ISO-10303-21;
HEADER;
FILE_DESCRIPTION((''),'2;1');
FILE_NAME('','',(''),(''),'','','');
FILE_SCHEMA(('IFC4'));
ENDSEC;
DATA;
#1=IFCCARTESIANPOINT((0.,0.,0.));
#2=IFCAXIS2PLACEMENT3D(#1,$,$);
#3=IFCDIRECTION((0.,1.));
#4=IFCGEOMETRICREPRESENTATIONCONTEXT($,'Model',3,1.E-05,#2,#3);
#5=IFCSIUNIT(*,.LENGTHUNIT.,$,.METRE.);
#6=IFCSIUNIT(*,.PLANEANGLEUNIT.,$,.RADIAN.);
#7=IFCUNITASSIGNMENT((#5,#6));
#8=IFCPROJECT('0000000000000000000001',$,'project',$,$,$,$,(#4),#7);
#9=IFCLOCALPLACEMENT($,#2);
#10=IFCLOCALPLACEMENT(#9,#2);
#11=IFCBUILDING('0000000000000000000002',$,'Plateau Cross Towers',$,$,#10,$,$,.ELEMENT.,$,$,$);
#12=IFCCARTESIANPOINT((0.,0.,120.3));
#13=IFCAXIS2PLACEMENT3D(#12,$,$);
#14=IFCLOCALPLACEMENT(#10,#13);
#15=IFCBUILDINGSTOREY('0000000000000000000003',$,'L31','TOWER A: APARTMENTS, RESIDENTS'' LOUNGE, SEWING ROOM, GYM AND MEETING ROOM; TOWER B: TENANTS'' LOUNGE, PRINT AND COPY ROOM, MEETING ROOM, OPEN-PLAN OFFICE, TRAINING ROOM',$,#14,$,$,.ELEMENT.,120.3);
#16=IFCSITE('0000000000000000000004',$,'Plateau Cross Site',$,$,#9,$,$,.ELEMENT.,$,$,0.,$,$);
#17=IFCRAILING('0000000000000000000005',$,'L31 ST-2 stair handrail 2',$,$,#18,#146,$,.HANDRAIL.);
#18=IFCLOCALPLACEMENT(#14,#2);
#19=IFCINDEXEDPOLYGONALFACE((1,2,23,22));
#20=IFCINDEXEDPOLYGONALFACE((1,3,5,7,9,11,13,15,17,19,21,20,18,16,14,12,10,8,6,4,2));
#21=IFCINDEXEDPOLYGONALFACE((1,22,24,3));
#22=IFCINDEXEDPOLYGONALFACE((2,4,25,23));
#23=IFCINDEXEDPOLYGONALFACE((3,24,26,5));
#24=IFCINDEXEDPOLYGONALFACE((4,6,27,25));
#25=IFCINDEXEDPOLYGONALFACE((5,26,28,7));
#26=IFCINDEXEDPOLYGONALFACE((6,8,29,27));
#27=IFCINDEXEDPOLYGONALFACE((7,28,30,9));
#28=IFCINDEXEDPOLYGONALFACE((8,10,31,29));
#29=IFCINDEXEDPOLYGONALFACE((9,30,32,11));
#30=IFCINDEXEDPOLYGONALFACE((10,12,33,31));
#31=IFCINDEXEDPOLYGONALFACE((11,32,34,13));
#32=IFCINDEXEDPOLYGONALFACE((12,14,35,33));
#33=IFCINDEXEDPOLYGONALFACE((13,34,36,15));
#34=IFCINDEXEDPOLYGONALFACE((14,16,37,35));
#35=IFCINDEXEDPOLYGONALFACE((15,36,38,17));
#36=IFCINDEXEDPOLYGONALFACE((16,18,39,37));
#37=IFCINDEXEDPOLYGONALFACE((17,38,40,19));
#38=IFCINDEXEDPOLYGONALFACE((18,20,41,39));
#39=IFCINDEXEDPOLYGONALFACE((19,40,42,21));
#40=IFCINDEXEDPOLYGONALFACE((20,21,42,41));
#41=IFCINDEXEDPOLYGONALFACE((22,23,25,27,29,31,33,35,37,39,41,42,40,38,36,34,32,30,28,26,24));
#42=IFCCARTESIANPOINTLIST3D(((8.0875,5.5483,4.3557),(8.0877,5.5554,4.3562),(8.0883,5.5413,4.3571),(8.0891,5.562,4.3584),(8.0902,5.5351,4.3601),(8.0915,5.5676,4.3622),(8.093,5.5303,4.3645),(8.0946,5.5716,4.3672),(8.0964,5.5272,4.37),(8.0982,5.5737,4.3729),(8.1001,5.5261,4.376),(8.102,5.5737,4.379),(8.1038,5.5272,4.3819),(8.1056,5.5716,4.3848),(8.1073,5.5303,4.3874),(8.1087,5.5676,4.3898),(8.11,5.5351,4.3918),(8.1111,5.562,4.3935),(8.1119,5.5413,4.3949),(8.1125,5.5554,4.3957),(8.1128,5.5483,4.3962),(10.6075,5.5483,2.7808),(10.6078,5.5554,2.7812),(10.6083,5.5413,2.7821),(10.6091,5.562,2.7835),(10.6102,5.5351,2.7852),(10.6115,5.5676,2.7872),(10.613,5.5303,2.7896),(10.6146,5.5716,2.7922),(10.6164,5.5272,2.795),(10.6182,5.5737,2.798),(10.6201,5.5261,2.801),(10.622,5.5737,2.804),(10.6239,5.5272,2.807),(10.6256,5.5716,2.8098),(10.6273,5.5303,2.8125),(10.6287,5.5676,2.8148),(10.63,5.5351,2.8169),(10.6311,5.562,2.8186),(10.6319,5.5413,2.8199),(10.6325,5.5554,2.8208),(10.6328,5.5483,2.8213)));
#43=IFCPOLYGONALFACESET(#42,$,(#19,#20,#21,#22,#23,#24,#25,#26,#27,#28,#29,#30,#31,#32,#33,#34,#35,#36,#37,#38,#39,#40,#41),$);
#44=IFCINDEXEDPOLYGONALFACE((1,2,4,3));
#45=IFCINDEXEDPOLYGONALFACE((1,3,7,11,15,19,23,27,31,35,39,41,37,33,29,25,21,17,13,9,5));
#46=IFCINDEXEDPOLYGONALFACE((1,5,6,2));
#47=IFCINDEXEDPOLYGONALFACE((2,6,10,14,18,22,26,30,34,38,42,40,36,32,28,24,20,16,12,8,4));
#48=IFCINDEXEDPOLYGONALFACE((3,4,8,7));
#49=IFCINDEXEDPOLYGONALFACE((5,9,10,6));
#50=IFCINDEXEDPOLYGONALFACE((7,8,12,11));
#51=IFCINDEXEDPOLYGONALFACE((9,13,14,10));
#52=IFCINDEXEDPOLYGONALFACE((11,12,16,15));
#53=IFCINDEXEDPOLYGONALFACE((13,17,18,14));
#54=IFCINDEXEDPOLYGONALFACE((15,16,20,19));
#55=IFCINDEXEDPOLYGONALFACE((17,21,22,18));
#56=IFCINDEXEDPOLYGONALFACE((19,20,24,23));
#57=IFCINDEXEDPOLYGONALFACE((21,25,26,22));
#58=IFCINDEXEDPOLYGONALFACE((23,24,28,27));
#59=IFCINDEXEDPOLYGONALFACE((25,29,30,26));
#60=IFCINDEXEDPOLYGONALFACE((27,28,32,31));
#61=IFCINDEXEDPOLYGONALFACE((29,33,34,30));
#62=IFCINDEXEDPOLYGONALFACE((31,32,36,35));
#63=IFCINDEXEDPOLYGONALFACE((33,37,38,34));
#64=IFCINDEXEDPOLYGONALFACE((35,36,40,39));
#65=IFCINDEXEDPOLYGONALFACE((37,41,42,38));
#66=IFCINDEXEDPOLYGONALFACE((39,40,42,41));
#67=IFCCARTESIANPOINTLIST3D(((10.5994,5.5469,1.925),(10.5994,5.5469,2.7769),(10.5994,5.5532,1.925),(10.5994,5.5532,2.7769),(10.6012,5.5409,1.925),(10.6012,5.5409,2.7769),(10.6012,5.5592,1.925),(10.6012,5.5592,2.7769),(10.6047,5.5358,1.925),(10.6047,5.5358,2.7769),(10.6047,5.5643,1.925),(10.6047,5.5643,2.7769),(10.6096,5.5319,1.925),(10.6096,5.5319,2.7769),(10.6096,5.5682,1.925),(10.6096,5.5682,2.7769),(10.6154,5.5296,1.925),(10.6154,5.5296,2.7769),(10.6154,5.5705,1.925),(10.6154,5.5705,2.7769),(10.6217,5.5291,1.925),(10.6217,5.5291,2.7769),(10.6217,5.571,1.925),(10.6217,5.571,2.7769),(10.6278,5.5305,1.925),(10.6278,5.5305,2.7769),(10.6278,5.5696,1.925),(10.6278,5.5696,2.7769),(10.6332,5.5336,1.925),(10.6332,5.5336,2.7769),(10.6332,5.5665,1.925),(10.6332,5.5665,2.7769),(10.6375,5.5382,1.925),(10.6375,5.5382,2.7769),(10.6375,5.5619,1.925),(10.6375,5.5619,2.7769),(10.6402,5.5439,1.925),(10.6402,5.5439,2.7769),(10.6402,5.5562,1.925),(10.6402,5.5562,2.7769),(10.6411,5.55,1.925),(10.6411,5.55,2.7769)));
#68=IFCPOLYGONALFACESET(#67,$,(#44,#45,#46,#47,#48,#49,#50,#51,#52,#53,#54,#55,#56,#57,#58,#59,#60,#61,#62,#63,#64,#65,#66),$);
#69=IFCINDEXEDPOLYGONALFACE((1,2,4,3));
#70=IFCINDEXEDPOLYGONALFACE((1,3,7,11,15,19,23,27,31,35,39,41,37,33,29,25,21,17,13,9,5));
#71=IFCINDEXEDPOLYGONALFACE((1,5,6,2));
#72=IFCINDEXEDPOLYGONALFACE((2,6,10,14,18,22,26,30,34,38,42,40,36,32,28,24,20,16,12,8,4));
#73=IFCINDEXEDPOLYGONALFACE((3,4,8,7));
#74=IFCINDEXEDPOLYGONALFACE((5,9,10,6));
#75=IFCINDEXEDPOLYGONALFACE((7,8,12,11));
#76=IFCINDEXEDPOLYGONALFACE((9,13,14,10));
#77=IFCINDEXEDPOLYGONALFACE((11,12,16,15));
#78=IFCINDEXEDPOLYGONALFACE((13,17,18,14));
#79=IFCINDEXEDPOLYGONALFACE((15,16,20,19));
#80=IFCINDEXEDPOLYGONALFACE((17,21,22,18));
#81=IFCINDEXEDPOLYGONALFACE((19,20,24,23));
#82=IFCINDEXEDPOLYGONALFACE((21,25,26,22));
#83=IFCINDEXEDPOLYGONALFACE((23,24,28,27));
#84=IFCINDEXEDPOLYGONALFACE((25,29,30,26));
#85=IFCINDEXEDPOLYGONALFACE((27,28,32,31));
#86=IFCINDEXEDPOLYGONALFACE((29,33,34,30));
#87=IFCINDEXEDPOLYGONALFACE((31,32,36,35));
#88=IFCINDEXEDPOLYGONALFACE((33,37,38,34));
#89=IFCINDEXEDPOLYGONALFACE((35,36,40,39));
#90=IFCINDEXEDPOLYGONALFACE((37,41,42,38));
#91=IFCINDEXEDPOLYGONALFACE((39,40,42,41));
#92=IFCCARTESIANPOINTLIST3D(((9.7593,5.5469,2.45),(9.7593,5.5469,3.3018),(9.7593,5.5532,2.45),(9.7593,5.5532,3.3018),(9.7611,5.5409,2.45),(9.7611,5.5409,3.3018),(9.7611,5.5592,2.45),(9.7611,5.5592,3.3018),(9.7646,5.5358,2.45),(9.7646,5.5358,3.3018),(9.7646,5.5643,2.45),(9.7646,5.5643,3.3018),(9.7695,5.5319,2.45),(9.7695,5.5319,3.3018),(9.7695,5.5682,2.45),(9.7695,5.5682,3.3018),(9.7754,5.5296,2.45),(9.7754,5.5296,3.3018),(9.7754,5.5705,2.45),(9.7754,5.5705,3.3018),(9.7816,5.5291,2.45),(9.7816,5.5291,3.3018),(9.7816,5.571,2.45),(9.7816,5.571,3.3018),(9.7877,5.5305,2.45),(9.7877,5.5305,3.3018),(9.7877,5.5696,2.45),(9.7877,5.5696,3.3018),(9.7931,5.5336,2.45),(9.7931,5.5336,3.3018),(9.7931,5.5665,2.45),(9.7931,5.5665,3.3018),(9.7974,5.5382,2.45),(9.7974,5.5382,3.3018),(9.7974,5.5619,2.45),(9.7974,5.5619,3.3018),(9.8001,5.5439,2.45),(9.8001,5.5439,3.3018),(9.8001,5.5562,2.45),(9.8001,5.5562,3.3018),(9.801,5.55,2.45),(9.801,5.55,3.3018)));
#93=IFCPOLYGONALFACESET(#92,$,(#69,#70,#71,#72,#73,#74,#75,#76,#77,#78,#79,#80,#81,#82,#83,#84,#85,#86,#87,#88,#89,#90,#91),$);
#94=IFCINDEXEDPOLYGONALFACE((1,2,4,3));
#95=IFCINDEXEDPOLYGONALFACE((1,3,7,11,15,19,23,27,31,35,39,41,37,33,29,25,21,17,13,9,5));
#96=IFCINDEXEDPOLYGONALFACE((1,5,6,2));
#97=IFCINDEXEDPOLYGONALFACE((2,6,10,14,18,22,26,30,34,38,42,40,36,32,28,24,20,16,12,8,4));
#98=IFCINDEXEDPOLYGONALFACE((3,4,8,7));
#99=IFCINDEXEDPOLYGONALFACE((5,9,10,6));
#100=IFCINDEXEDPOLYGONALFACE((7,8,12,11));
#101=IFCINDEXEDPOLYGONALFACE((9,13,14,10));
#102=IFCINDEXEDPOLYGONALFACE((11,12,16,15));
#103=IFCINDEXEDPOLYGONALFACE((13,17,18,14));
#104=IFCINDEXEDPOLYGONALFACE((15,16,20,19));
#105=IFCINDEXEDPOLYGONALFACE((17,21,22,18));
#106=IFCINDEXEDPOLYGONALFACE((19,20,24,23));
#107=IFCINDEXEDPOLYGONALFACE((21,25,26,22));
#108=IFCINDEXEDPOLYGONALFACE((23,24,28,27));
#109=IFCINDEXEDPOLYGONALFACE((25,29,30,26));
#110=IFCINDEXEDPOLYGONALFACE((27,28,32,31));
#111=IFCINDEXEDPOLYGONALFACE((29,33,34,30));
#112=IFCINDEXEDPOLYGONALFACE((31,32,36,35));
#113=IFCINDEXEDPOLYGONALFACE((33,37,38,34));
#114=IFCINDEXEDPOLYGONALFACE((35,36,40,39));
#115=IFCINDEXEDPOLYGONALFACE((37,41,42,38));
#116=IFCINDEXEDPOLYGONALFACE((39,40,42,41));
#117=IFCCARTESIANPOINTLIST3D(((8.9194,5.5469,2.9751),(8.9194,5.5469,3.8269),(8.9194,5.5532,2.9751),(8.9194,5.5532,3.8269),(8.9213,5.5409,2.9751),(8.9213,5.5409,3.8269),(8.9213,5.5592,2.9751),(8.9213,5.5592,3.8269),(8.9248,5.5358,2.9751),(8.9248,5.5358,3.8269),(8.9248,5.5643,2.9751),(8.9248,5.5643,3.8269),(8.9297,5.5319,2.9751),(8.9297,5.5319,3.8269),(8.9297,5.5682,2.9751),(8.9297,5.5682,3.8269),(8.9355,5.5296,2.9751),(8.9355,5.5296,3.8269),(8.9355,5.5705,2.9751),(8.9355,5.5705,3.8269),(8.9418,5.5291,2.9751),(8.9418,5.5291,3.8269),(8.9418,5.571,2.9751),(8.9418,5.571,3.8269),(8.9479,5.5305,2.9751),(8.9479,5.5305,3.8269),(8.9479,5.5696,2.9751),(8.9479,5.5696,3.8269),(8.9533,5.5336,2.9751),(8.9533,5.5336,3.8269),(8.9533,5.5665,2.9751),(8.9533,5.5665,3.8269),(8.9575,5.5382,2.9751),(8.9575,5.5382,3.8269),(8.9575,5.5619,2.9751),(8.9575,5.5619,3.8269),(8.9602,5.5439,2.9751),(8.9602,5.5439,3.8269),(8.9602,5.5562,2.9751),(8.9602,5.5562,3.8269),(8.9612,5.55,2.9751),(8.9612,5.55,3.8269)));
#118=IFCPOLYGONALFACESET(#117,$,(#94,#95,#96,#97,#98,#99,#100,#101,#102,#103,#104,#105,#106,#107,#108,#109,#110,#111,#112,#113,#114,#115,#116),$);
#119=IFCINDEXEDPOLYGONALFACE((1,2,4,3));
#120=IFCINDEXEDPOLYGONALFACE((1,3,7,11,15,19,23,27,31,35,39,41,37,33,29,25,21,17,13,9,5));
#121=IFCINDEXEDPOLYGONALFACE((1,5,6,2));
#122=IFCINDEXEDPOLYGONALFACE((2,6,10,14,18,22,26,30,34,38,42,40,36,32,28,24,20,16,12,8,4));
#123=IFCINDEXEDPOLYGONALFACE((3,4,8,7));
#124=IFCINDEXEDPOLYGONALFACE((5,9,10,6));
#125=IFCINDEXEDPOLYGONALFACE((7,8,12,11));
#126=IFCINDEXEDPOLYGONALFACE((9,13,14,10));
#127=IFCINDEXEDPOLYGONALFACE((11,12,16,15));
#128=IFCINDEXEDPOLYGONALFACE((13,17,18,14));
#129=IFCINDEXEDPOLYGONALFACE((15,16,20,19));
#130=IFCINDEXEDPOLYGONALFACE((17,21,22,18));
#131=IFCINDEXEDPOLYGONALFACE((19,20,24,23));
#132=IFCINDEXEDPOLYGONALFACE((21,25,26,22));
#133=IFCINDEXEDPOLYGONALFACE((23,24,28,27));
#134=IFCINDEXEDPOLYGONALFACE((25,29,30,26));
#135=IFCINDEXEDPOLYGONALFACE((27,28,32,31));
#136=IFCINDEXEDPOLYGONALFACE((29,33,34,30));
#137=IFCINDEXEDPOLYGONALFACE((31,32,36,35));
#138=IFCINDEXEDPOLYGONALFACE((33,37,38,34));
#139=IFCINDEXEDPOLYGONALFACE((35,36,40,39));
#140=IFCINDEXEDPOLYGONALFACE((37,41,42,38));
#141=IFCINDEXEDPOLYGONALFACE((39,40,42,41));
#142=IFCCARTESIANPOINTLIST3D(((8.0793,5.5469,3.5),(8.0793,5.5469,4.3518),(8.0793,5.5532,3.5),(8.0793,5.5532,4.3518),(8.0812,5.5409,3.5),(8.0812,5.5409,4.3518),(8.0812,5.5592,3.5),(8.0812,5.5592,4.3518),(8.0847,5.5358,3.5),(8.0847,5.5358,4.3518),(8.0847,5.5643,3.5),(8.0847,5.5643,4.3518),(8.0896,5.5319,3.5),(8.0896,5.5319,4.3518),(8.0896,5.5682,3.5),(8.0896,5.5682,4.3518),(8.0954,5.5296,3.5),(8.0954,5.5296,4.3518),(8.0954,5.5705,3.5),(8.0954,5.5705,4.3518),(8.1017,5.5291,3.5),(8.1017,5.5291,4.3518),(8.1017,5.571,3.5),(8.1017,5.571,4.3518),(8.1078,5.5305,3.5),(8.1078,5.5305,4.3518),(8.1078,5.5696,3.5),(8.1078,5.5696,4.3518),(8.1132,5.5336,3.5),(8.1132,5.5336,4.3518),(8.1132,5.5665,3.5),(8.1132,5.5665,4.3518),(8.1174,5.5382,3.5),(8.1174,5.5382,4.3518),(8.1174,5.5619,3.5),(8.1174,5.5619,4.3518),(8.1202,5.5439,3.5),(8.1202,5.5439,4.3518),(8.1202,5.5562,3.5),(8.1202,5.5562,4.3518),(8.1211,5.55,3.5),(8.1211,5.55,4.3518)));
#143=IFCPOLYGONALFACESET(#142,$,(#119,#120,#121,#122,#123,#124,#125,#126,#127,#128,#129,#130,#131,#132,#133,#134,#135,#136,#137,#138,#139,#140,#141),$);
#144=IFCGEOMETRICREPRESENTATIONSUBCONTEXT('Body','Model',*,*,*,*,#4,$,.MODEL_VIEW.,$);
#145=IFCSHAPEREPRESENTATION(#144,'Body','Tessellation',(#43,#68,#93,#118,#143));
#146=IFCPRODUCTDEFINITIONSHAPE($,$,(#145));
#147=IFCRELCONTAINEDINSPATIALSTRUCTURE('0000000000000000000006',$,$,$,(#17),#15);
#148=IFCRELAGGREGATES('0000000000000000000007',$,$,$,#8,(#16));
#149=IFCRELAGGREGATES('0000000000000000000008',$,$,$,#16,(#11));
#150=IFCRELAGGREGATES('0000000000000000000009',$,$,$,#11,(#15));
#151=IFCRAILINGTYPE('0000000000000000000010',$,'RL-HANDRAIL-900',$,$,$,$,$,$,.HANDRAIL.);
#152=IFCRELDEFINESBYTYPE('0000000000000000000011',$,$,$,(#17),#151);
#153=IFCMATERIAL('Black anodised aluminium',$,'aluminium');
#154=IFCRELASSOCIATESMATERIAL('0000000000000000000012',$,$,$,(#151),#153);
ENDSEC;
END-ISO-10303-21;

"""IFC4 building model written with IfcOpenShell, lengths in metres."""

from ifc_helpers import new_model, si_unit, direction, frame, origin, origin_2d, place, context, subcontext, project, spatial, circle, extrude, material, type_object, element, save


model = new_model("IFC4")

# Units and contexts
model_context = context("Model", 3, precision=1e-05, world=origin(), true_north=direction((0.0, 1.0)))
body_context = subcontext(model_context, "Body", "Model", "MODEL_VIEW")
ifc_project = project(units=[si_unit("LENGTHUNIT", "METRE"), si_unit("PLANEANGLEUNIT", "RADIAN")], contexts=[model_context])

# Site, building, storey
site_placement = place(None, origin())
site = spatial("IfcSite", under=ifc_project, at=site_placement, Name="Plateau Cross Site", CompositionType="ELEMENT", RefElevation=0.0)
building_placement = place(site_placement, origin())
building = spatial("IfcBuilding", under=site, at=building_placement, Name="Plateau Cross Towers", CompositionType="ELEMENT")
storey_placement = place(building_placement, frame((0.0, 0.0, 120.3)))
storey = spatial("IfcBuildingStorey", under=building, at=storey_placement, Name="L31", Description="TOWER A: APARTMENTS, RESIDENTS' LOUNGE, SEWING ROOM, GYM AND MEETING ROOM; TOWER B: TENANTS' LOUNGE, PRINT AND COPY ROOM, MEETING ROOM, OPEN-PLAN OFFICE, TRAINING ROOM", CompositionType="ELEMENT", Elevation=120.3)

# Shared definitions
ifc_material_1 = material(Name="Black anodised aluminium", Category="aluminium")

# Railing
railing_type_1 = type_object("IfcRailingType", Name="RL-HANDRAIL-900", PredefinedType="HANDRAIL", material=ifc_material_1)
railing_1_placement = place(storey_placement, frame((10.6201, 5.55, 1.925)))
element("IfcRailing", 1, at=railing_1_placement, inside=storey, type_object=railing_type_1, Name="L31 ST-2 stair handrail 2", PredefinedType="HANDRAIL", context=body_context, shape_type="SweptSolid", body=[
    extrude(circle(Radius=0.0239, at=origin_2d()), frame((0.0, 0.0, 0.876), z_axis=(-0.848008, 0.0, 0.529984), x_axis=(0.0, -1.0, 0.0)), (0.0, 0.0, 1.0), 2.9717),
    extrude(circle(Radius=0.021, at=origin_2d()), origin(), (0.0, 0.0, 1.0), 0.8518),
    extrude(circle(Radius=0.021, at=origin_2d()), frame((-0.8401, 0.0, 0.5249)), (0.0, 0.0, 1.0), 0.8518),
    extrude(circle(Radius=0.021, at=origin_2d()), frame((-1.6799, 0.0, 1.05)), (0.0, 0.0, 1.0), 0.8518),
    extrude(circle(Radius=0.021, at=origin_2d()), frame((-2.52, 0.0, 1.575)), (0.0, 0.0, 1.0), 0.8518),
])

save(model, "model.ifc")
